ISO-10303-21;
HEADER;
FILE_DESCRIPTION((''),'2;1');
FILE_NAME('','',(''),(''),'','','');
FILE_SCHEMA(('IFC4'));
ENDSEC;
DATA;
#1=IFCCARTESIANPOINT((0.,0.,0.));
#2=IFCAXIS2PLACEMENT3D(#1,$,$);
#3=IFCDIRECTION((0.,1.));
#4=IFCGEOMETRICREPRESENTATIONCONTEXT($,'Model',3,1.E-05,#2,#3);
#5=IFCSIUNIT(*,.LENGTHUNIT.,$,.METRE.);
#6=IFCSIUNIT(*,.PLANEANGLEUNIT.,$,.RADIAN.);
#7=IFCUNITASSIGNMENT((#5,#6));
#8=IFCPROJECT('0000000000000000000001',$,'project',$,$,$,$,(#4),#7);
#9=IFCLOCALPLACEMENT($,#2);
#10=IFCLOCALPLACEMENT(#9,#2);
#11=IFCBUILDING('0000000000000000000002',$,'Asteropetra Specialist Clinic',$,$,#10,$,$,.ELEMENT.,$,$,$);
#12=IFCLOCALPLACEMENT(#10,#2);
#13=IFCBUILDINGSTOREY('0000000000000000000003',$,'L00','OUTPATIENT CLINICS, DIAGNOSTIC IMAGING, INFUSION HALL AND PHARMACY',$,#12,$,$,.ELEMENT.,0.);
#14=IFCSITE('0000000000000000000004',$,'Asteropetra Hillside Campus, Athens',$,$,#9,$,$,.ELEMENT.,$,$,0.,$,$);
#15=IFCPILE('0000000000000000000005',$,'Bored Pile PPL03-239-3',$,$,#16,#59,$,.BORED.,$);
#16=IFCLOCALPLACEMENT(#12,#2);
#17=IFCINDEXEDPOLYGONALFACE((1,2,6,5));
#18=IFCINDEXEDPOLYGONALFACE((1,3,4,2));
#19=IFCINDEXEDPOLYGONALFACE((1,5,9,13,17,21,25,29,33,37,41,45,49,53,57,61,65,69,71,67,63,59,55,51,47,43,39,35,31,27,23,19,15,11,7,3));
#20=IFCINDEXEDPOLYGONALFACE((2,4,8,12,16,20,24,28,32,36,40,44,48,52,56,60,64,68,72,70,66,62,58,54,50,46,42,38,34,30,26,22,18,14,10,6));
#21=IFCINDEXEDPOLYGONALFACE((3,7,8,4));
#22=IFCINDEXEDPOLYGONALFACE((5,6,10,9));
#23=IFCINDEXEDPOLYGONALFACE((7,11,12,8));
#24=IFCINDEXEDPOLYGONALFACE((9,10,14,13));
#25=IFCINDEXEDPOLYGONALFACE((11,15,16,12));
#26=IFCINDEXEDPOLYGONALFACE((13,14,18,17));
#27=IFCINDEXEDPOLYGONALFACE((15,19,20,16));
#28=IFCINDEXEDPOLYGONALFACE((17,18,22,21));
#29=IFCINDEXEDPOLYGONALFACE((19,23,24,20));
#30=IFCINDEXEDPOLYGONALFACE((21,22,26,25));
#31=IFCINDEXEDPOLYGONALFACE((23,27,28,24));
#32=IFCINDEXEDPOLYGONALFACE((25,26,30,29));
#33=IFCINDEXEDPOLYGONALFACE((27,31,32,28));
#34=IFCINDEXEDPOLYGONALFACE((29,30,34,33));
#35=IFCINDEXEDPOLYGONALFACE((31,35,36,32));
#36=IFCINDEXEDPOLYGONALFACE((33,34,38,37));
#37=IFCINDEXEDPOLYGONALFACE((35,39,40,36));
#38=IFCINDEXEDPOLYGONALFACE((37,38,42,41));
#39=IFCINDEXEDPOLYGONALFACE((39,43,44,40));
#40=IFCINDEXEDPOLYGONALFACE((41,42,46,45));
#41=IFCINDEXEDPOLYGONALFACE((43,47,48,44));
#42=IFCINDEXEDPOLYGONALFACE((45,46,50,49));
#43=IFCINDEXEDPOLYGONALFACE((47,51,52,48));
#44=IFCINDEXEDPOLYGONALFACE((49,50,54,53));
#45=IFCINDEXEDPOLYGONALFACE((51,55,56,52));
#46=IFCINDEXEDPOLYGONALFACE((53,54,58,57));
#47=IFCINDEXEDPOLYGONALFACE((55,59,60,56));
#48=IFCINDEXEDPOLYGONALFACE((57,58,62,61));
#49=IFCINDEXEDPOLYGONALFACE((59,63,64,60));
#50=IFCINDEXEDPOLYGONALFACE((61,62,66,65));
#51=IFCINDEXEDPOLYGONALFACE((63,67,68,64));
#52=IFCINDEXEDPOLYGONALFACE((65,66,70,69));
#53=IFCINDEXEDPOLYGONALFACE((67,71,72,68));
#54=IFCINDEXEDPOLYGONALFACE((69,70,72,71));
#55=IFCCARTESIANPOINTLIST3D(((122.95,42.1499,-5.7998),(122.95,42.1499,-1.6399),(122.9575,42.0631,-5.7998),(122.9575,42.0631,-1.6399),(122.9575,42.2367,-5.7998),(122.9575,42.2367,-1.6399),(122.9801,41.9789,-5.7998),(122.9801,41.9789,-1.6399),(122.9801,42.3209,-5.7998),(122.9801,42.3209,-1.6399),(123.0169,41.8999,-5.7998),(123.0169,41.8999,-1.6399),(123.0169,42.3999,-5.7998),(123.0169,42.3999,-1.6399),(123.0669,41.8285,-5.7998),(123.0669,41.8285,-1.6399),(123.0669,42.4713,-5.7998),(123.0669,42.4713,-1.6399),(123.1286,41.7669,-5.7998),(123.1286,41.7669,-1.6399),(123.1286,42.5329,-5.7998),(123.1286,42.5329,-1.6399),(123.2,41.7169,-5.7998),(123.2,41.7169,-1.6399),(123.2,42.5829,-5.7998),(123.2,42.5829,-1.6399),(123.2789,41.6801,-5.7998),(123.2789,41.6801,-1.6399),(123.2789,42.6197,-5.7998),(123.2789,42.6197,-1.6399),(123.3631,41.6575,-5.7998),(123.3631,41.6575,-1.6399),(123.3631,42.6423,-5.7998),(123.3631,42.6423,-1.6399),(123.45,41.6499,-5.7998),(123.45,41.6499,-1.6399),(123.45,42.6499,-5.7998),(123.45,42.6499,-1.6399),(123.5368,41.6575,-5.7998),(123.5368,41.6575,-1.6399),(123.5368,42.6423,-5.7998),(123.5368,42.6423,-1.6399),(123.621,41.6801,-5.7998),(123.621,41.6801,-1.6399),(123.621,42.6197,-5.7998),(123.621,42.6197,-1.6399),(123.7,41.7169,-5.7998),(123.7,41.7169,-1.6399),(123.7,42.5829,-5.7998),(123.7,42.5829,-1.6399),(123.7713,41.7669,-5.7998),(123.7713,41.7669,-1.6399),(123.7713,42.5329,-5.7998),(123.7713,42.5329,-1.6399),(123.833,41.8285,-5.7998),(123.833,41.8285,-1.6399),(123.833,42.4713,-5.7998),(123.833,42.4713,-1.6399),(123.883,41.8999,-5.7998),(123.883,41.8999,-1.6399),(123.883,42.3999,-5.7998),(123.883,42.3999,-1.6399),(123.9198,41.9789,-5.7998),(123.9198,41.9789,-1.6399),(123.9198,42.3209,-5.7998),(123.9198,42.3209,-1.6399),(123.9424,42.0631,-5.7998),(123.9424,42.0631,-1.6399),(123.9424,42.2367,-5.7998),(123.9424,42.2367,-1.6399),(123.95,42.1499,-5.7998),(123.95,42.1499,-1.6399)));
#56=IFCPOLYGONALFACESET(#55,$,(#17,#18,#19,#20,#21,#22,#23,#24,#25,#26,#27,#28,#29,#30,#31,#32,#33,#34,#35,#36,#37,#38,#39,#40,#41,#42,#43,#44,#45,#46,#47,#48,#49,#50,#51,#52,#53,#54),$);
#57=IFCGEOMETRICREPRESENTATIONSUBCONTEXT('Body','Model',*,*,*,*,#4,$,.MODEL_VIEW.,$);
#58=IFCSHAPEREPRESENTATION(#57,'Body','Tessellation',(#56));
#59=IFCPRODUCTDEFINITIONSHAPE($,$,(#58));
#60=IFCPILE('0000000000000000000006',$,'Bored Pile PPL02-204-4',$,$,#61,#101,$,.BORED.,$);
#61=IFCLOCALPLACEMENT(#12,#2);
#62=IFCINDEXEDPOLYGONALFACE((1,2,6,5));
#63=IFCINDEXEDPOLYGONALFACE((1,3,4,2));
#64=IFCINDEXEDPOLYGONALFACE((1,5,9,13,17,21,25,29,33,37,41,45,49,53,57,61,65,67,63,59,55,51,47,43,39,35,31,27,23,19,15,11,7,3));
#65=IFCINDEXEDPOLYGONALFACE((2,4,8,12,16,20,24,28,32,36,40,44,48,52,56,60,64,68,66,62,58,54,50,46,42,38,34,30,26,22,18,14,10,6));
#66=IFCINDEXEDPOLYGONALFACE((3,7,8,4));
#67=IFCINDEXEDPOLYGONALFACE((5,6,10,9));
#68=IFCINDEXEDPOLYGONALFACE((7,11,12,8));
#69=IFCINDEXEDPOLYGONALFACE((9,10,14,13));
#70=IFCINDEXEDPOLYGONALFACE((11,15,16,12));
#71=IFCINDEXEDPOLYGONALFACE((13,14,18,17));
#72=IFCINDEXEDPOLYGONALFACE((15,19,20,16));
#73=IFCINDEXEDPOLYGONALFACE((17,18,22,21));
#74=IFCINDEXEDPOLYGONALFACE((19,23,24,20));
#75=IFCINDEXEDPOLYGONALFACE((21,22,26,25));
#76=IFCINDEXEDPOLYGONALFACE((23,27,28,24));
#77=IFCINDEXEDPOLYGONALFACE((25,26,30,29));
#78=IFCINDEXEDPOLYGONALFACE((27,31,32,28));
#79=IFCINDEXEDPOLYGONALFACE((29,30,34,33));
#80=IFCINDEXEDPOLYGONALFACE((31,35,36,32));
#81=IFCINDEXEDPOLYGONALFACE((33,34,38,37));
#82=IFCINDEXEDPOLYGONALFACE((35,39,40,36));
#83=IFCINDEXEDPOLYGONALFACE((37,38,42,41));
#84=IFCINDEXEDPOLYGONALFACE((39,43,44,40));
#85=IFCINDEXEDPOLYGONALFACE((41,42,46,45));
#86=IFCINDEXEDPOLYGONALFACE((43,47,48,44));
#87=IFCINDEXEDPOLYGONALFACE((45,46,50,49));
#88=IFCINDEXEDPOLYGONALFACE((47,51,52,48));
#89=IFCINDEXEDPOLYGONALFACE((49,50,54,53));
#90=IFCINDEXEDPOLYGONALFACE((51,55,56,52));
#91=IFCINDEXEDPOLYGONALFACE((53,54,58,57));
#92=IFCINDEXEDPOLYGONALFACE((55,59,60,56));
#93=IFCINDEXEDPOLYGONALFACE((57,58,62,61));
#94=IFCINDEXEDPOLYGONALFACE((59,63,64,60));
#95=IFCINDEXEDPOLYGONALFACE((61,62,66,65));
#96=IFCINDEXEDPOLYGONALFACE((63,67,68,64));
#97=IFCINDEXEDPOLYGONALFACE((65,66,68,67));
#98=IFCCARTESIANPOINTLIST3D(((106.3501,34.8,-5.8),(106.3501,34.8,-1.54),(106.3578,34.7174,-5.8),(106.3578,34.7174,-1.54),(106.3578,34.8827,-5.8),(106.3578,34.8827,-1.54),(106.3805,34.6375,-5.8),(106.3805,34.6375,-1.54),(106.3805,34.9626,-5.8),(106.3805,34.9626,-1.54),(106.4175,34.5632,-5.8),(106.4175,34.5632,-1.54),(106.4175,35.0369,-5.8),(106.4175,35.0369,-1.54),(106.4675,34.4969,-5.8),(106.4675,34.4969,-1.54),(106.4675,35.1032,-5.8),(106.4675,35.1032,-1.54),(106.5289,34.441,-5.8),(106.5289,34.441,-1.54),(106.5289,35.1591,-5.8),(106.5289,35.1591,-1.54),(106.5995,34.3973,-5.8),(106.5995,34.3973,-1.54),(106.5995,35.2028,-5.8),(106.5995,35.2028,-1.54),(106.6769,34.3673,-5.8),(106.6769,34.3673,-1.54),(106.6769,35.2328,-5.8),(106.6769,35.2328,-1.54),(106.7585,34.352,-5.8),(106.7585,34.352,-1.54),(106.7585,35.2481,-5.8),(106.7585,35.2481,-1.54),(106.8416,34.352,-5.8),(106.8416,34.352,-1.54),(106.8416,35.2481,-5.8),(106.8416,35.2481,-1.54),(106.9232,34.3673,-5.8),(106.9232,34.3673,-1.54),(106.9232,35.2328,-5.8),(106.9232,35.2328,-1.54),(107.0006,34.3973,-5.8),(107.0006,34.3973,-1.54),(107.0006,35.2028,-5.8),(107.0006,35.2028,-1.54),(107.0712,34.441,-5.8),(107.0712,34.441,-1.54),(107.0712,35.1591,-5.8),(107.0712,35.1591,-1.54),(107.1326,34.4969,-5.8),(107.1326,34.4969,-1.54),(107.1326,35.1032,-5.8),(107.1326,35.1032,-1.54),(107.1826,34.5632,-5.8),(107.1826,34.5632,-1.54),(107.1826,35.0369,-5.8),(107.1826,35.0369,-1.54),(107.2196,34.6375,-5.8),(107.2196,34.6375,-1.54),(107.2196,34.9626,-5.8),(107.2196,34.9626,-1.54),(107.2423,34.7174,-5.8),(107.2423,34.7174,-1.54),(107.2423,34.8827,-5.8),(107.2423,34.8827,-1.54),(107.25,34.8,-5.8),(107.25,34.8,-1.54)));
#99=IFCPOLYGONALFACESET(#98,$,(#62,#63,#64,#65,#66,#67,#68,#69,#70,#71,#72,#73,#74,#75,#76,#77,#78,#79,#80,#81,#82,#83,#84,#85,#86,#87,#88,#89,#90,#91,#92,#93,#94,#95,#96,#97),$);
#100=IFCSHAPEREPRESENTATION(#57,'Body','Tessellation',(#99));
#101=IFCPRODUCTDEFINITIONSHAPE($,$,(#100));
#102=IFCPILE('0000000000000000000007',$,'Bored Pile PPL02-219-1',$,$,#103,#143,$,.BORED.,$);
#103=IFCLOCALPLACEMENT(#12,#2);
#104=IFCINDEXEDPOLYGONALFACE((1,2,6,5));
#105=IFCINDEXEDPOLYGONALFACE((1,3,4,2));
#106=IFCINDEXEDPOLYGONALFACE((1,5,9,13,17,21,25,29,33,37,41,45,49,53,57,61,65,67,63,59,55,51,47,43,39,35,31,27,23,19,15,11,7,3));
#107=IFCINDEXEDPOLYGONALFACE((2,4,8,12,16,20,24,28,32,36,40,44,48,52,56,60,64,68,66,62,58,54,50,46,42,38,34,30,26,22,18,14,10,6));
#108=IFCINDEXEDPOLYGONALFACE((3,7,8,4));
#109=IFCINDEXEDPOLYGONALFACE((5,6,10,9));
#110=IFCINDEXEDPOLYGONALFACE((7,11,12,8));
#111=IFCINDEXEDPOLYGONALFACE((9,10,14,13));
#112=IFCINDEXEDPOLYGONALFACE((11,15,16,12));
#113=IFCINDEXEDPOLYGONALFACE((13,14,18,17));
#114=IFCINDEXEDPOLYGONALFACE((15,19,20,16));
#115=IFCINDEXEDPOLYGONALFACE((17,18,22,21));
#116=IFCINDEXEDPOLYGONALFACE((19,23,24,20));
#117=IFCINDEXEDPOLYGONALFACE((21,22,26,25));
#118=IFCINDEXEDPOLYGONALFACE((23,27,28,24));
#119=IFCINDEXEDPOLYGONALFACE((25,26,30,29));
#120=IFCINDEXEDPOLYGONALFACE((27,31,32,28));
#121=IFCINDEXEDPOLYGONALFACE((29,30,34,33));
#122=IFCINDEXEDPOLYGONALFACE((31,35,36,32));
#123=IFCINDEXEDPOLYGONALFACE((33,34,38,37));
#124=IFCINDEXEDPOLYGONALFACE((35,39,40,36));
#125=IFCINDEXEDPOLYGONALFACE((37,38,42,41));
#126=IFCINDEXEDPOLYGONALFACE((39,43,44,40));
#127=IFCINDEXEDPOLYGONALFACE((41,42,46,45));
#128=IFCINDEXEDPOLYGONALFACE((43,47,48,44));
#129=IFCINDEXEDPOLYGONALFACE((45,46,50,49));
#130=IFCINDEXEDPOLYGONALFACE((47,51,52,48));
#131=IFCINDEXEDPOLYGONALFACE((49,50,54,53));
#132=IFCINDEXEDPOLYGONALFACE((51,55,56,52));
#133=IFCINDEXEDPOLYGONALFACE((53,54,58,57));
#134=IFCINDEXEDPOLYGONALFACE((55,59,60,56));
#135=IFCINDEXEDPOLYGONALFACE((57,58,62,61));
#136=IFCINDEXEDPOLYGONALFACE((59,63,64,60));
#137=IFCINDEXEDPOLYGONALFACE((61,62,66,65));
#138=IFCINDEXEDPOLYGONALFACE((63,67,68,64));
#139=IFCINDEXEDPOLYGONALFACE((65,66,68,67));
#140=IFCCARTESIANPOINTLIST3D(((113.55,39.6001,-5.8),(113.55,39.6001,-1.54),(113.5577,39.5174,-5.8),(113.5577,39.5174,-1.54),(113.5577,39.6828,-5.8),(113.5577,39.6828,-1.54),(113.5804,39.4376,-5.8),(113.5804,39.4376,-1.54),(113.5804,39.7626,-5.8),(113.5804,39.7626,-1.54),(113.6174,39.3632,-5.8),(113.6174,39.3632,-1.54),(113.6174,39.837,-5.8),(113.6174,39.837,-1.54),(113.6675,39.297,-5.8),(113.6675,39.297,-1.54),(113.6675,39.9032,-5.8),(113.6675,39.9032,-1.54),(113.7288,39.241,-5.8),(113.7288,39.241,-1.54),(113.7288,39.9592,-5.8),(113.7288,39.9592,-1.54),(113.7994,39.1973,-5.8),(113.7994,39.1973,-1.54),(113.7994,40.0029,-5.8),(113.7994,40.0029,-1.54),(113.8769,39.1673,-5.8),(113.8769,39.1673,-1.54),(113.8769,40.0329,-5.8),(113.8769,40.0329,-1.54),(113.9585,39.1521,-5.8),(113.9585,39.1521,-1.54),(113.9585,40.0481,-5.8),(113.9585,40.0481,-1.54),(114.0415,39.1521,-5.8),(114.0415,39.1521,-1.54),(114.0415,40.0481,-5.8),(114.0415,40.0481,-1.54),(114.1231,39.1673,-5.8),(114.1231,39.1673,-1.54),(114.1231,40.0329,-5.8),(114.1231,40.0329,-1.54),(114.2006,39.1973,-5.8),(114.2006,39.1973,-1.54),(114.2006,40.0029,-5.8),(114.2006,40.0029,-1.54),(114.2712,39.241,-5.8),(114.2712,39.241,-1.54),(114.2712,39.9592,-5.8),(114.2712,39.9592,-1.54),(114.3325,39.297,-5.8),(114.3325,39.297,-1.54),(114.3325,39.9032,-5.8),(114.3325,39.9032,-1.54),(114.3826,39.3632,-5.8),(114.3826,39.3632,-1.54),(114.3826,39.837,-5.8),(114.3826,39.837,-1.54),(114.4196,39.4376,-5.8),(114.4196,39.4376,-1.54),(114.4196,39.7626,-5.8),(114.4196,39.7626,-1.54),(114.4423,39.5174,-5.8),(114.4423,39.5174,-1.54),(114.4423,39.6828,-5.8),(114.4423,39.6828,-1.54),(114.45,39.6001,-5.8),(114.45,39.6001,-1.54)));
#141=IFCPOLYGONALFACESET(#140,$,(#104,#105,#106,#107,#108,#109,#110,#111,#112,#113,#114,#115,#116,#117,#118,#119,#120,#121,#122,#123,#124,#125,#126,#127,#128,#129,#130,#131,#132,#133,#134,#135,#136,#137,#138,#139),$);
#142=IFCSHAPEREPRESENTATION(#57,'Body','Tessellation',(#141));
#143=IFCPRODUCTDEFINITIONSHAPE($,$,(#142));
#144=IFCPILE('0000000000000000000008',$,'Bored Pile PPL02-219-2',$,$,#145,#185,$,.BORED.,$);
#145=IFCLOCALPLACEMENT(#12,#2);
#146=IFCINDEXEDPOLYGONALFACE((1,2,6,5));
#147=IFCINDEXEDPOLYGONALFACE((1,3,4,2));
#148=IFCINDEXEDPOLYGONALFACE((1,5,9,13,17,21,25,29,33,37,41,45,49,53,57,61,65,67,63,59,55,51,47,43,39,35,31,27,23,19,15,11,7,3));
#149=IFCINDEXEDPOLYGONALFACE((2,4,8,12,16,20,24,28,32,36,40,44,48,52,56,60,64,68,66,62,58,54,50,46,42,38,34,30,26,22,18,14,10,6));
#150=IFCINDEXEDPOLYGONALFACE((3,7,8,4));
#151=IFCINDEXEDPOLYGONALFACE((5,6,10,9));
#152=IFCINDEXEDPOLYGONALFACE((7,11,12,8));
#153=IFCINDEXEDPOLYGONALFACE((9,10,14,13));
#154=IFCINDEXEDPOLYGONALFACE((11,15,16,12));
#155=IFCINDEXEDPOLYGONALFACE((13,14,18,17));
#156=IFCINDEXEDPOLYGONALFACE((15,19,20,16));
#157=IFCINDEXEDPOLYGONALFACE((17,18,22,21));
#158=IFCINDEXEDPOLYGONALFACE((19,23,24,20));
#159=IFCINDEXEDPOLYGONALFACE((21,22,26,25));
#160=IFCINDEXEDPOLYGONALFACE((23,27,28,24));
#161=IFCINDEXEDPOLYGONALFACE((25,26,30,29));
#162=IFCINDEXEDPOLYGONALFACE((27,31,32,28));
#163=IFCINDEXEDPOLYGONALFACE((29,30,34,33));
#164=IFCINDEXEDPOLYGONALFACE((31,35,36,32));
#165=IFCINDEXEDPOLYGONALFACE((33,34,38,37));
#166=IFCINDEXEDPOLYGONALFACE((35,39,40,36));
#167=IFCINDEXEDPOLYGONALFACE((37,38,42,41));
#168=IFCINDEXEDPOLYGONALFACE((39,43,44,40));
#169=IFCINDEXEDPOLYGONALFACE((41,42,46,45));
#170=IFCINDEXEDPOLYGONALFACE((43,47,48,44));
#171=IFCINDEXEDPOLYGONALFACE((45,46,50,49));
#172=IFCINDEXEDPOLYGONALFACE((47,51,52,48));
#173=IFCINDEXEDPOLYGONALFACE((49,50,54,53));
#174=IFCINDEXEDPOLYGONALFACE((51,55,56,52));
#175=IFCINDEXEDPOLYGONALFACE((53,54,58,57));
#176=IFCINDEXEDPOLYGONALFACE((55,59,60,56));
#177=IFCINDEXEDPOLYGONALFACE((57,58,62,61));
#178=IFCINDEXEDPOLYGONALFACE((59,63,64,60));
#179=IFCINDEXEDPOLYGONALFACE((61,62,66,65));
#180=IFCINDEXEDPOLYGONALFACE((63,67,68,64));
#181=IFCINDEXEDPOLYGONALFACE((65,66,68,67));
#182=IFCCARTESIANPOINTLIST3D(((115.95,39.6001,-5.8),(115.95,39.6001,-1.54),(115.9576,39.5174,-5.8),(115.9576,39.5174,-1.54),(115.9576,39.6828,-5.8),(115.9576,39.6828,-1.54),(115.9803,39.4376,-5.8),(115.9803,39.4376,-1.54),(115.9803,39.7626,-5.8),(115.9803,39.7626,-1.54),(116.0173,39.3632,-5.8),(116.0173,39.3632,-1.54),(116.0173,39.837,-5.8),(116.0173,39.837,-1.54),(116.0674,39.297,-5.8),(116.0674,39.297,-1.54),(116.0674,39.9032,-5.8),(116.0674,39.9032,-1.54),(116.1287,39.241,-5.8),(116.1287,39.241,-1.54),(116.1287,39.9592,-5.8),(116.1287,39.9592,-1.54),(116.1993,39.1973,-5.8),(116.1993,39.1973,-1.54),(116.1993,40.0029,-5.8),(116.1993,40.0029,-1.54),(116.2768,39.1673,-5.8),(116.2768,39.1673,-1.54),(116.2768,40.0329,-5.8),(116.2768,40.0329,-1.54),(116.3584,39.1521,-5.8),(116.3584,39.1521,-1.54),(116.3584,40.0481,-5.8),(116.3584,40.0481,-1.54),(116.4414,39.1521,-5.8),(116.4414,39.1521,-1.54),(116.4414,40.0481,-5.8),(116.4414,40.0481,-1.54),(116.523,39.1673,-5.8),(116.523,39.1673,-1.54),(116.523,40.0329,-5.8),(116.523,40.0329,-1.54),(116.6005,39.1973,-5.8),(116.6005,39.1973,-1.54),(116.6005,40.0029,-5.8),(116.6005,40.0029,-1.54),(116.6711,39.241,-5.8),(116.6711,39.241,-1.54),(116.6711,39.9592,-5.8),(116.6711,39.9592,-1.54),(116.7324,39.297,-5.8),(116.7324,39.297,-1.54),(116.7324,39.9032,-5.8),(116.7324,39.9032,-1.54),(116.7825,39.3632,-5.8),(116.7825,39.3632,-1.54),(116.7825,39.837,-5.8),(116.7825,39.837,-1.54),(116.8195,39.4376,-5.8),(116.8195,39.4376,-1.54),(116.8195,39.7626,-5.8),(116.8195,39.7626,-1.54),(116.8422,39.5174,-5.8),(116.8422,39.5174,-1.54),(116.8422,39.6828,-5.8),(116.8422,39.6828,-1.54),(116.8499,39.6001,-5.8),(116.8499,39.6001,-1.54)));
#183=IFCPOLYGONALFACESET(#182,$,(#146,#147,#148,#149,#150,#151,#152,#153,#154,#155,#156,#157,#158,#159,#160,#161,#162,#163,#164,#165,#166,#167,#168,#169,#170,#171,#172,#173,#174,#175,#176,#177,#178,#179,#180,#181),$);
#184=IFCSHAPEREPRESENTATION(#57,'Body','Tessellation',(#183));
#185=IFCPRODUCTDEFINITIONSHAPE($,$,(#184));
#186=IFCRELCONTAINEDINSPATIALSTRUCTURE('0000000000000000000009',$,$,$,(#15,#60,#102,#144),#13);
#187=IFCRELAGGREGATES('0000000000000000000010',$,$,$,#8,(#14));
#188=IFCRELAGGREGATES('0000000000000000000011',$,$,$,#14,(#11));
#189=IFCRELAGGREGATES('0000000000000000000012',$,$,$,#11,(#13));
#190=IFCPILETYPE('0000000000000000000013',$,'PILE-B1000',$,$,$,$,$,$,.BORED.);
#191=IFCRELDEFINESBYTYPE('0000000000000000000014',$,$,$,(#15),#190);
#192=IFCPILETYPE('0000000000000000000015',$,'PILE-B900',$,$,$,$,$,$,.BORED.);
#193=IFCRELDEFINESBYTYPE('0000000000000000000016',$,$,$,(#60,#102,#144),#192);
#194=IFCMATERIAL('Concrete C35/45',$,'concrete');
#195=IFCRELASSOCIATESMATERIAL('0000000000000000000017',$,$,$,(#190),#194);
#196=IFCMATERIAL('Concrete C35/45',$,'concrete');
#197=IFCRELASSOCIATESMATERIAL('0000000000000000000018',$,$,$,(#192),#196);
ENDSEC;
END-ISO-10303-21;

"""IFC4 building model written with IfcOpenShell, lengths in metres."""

from ifc_helpers import new_model, si_unit, direction, frame, origin, origin_2d, place, context, subcontext, project, spatial, circle, extrude, material, material_profile, profile_set, type_object, element, save


model = new_model("IFC4")

# Units and contexts
model_context = context("Model", 3, precision=1e-05, world=origin(), true_north=direction((0.0, 1.0)))
body_context = subcontext(model_context, "Body", "Model", "MODEL_VIEW")
ifc_project = project(units=[si_unit("LENGTHUNIT", "METRE"), si_unit("PLANEANGLEUNIT", "RADIAN")], contexts=[model_context])

# Site, building, storey
site_placement = place(None, origin())
site = spatial("IfcSite", under=ifc_project, at=site_placement, Name="Asteropetra Hillside Campus, Athens", CompositionType="ELEMENT", RefElevation=0.0)
building_placement = place(site_placement, origin())
building = spatial("IfcBuilding", under=site, at=building_placement, Name="Asteropetra Specialist Clinic", CompositionType="ELEMENT")
storey_placement = place(building_placement, origin())
storey = spatial("IfcBuildingStorey", under=building, at=storey_placement, Name="L00", Description="OUTPATIENT CLINICS, DIAGNOSTIC IMAGING, INFUSION HALL AND PHARMACY", CompositionType="ELEMENT", Elevation=0.0)

# Piles
ifc_material_1 = material(Name="Concrete C35/45", Category="concrete")
ifc_material_profile_1 = material_profile(ifc_material_1, circle(Radius=0.5, at=origin_2d()), Name="PILE D1000")
ifc_profile_set_1 = profile_set([ifc_material_profile_1], Name="Concrete C35/45")
pile_type_1 = type_object("IfcPileType", Name="PILE-B1000", PredefinedType="BORED", material=ifc_profile_set_1)
for number, where, z_axis, x_axis, name in (
    (1, (123.45, 42.1499, -1.6399), (0.0, 0.0, -1.0), (1.0, 0.0, 0.0), "Bored Pile PPL03-239-3"),
):
    element("IfcPile", number, at=place(storey_placement, frame(where, z_axis=z_axis, x_axis=x_axis)), inside=storey, type_object=pile_type_1, Name=name, PredefinedType="BORED", context=body_context, shape_type="SweptSolid", body=[
        extrude(circle(Radius=0.5, at=origin_2d()), origin(), (0.0, 0.0, 1.0), 4.1599),
    ])
ifc_material_2 = material(Name="Concrete C35/45", Category="concrete")
ifc_material_profile_2 = material_profile(ifc_material_2, circle(Radius=0.45, at=origin_2d()), Name="PILE D900")
ifc_profile_set_2 = profile_set([ifc_material_profile_2], Name="Concrete C35/45")
pile_type_2 = type_object("IfcPileType", Name="PILE-B900", PredefinedType="BORED", material=ifc_profile_set_2)
for number, where, z_axis, x_axis, name in (
    (2, (106.8, 34.8, -1.54), (0.0, 0.0, -1.0), (1.0, 0.0, 0.0), "Bored Pile PPL02-204-4"),
    (3, (114.0, 39.6001, -1.54), (0.0, 0.0, -1.0), (1.0, 0.0, 0.0), "Bored Pile PPL02-219-1"),
    (4, (116.3999, 39.6001, -1.54), (0.0, 0.0, -1.0), (1.0, 0.0, 0.0), "Bored Pile PPL02-219-2"),
):
    element("IfcPile", number, at=place(storey_placement, frame(where, z_axis=z_axis, x_axis=x_axis)), inside=storey, type_object=pile_type_2, Name=name, PredefinedType="BORED", context=body_context, shape_type="SweptSolid", body=[
        extrude(circle(Radius=0.45, at=origin_2d()), origin(), (0.0, 0.0, 1.0), 4.26),
    ])

save(model, "model.ifc")
